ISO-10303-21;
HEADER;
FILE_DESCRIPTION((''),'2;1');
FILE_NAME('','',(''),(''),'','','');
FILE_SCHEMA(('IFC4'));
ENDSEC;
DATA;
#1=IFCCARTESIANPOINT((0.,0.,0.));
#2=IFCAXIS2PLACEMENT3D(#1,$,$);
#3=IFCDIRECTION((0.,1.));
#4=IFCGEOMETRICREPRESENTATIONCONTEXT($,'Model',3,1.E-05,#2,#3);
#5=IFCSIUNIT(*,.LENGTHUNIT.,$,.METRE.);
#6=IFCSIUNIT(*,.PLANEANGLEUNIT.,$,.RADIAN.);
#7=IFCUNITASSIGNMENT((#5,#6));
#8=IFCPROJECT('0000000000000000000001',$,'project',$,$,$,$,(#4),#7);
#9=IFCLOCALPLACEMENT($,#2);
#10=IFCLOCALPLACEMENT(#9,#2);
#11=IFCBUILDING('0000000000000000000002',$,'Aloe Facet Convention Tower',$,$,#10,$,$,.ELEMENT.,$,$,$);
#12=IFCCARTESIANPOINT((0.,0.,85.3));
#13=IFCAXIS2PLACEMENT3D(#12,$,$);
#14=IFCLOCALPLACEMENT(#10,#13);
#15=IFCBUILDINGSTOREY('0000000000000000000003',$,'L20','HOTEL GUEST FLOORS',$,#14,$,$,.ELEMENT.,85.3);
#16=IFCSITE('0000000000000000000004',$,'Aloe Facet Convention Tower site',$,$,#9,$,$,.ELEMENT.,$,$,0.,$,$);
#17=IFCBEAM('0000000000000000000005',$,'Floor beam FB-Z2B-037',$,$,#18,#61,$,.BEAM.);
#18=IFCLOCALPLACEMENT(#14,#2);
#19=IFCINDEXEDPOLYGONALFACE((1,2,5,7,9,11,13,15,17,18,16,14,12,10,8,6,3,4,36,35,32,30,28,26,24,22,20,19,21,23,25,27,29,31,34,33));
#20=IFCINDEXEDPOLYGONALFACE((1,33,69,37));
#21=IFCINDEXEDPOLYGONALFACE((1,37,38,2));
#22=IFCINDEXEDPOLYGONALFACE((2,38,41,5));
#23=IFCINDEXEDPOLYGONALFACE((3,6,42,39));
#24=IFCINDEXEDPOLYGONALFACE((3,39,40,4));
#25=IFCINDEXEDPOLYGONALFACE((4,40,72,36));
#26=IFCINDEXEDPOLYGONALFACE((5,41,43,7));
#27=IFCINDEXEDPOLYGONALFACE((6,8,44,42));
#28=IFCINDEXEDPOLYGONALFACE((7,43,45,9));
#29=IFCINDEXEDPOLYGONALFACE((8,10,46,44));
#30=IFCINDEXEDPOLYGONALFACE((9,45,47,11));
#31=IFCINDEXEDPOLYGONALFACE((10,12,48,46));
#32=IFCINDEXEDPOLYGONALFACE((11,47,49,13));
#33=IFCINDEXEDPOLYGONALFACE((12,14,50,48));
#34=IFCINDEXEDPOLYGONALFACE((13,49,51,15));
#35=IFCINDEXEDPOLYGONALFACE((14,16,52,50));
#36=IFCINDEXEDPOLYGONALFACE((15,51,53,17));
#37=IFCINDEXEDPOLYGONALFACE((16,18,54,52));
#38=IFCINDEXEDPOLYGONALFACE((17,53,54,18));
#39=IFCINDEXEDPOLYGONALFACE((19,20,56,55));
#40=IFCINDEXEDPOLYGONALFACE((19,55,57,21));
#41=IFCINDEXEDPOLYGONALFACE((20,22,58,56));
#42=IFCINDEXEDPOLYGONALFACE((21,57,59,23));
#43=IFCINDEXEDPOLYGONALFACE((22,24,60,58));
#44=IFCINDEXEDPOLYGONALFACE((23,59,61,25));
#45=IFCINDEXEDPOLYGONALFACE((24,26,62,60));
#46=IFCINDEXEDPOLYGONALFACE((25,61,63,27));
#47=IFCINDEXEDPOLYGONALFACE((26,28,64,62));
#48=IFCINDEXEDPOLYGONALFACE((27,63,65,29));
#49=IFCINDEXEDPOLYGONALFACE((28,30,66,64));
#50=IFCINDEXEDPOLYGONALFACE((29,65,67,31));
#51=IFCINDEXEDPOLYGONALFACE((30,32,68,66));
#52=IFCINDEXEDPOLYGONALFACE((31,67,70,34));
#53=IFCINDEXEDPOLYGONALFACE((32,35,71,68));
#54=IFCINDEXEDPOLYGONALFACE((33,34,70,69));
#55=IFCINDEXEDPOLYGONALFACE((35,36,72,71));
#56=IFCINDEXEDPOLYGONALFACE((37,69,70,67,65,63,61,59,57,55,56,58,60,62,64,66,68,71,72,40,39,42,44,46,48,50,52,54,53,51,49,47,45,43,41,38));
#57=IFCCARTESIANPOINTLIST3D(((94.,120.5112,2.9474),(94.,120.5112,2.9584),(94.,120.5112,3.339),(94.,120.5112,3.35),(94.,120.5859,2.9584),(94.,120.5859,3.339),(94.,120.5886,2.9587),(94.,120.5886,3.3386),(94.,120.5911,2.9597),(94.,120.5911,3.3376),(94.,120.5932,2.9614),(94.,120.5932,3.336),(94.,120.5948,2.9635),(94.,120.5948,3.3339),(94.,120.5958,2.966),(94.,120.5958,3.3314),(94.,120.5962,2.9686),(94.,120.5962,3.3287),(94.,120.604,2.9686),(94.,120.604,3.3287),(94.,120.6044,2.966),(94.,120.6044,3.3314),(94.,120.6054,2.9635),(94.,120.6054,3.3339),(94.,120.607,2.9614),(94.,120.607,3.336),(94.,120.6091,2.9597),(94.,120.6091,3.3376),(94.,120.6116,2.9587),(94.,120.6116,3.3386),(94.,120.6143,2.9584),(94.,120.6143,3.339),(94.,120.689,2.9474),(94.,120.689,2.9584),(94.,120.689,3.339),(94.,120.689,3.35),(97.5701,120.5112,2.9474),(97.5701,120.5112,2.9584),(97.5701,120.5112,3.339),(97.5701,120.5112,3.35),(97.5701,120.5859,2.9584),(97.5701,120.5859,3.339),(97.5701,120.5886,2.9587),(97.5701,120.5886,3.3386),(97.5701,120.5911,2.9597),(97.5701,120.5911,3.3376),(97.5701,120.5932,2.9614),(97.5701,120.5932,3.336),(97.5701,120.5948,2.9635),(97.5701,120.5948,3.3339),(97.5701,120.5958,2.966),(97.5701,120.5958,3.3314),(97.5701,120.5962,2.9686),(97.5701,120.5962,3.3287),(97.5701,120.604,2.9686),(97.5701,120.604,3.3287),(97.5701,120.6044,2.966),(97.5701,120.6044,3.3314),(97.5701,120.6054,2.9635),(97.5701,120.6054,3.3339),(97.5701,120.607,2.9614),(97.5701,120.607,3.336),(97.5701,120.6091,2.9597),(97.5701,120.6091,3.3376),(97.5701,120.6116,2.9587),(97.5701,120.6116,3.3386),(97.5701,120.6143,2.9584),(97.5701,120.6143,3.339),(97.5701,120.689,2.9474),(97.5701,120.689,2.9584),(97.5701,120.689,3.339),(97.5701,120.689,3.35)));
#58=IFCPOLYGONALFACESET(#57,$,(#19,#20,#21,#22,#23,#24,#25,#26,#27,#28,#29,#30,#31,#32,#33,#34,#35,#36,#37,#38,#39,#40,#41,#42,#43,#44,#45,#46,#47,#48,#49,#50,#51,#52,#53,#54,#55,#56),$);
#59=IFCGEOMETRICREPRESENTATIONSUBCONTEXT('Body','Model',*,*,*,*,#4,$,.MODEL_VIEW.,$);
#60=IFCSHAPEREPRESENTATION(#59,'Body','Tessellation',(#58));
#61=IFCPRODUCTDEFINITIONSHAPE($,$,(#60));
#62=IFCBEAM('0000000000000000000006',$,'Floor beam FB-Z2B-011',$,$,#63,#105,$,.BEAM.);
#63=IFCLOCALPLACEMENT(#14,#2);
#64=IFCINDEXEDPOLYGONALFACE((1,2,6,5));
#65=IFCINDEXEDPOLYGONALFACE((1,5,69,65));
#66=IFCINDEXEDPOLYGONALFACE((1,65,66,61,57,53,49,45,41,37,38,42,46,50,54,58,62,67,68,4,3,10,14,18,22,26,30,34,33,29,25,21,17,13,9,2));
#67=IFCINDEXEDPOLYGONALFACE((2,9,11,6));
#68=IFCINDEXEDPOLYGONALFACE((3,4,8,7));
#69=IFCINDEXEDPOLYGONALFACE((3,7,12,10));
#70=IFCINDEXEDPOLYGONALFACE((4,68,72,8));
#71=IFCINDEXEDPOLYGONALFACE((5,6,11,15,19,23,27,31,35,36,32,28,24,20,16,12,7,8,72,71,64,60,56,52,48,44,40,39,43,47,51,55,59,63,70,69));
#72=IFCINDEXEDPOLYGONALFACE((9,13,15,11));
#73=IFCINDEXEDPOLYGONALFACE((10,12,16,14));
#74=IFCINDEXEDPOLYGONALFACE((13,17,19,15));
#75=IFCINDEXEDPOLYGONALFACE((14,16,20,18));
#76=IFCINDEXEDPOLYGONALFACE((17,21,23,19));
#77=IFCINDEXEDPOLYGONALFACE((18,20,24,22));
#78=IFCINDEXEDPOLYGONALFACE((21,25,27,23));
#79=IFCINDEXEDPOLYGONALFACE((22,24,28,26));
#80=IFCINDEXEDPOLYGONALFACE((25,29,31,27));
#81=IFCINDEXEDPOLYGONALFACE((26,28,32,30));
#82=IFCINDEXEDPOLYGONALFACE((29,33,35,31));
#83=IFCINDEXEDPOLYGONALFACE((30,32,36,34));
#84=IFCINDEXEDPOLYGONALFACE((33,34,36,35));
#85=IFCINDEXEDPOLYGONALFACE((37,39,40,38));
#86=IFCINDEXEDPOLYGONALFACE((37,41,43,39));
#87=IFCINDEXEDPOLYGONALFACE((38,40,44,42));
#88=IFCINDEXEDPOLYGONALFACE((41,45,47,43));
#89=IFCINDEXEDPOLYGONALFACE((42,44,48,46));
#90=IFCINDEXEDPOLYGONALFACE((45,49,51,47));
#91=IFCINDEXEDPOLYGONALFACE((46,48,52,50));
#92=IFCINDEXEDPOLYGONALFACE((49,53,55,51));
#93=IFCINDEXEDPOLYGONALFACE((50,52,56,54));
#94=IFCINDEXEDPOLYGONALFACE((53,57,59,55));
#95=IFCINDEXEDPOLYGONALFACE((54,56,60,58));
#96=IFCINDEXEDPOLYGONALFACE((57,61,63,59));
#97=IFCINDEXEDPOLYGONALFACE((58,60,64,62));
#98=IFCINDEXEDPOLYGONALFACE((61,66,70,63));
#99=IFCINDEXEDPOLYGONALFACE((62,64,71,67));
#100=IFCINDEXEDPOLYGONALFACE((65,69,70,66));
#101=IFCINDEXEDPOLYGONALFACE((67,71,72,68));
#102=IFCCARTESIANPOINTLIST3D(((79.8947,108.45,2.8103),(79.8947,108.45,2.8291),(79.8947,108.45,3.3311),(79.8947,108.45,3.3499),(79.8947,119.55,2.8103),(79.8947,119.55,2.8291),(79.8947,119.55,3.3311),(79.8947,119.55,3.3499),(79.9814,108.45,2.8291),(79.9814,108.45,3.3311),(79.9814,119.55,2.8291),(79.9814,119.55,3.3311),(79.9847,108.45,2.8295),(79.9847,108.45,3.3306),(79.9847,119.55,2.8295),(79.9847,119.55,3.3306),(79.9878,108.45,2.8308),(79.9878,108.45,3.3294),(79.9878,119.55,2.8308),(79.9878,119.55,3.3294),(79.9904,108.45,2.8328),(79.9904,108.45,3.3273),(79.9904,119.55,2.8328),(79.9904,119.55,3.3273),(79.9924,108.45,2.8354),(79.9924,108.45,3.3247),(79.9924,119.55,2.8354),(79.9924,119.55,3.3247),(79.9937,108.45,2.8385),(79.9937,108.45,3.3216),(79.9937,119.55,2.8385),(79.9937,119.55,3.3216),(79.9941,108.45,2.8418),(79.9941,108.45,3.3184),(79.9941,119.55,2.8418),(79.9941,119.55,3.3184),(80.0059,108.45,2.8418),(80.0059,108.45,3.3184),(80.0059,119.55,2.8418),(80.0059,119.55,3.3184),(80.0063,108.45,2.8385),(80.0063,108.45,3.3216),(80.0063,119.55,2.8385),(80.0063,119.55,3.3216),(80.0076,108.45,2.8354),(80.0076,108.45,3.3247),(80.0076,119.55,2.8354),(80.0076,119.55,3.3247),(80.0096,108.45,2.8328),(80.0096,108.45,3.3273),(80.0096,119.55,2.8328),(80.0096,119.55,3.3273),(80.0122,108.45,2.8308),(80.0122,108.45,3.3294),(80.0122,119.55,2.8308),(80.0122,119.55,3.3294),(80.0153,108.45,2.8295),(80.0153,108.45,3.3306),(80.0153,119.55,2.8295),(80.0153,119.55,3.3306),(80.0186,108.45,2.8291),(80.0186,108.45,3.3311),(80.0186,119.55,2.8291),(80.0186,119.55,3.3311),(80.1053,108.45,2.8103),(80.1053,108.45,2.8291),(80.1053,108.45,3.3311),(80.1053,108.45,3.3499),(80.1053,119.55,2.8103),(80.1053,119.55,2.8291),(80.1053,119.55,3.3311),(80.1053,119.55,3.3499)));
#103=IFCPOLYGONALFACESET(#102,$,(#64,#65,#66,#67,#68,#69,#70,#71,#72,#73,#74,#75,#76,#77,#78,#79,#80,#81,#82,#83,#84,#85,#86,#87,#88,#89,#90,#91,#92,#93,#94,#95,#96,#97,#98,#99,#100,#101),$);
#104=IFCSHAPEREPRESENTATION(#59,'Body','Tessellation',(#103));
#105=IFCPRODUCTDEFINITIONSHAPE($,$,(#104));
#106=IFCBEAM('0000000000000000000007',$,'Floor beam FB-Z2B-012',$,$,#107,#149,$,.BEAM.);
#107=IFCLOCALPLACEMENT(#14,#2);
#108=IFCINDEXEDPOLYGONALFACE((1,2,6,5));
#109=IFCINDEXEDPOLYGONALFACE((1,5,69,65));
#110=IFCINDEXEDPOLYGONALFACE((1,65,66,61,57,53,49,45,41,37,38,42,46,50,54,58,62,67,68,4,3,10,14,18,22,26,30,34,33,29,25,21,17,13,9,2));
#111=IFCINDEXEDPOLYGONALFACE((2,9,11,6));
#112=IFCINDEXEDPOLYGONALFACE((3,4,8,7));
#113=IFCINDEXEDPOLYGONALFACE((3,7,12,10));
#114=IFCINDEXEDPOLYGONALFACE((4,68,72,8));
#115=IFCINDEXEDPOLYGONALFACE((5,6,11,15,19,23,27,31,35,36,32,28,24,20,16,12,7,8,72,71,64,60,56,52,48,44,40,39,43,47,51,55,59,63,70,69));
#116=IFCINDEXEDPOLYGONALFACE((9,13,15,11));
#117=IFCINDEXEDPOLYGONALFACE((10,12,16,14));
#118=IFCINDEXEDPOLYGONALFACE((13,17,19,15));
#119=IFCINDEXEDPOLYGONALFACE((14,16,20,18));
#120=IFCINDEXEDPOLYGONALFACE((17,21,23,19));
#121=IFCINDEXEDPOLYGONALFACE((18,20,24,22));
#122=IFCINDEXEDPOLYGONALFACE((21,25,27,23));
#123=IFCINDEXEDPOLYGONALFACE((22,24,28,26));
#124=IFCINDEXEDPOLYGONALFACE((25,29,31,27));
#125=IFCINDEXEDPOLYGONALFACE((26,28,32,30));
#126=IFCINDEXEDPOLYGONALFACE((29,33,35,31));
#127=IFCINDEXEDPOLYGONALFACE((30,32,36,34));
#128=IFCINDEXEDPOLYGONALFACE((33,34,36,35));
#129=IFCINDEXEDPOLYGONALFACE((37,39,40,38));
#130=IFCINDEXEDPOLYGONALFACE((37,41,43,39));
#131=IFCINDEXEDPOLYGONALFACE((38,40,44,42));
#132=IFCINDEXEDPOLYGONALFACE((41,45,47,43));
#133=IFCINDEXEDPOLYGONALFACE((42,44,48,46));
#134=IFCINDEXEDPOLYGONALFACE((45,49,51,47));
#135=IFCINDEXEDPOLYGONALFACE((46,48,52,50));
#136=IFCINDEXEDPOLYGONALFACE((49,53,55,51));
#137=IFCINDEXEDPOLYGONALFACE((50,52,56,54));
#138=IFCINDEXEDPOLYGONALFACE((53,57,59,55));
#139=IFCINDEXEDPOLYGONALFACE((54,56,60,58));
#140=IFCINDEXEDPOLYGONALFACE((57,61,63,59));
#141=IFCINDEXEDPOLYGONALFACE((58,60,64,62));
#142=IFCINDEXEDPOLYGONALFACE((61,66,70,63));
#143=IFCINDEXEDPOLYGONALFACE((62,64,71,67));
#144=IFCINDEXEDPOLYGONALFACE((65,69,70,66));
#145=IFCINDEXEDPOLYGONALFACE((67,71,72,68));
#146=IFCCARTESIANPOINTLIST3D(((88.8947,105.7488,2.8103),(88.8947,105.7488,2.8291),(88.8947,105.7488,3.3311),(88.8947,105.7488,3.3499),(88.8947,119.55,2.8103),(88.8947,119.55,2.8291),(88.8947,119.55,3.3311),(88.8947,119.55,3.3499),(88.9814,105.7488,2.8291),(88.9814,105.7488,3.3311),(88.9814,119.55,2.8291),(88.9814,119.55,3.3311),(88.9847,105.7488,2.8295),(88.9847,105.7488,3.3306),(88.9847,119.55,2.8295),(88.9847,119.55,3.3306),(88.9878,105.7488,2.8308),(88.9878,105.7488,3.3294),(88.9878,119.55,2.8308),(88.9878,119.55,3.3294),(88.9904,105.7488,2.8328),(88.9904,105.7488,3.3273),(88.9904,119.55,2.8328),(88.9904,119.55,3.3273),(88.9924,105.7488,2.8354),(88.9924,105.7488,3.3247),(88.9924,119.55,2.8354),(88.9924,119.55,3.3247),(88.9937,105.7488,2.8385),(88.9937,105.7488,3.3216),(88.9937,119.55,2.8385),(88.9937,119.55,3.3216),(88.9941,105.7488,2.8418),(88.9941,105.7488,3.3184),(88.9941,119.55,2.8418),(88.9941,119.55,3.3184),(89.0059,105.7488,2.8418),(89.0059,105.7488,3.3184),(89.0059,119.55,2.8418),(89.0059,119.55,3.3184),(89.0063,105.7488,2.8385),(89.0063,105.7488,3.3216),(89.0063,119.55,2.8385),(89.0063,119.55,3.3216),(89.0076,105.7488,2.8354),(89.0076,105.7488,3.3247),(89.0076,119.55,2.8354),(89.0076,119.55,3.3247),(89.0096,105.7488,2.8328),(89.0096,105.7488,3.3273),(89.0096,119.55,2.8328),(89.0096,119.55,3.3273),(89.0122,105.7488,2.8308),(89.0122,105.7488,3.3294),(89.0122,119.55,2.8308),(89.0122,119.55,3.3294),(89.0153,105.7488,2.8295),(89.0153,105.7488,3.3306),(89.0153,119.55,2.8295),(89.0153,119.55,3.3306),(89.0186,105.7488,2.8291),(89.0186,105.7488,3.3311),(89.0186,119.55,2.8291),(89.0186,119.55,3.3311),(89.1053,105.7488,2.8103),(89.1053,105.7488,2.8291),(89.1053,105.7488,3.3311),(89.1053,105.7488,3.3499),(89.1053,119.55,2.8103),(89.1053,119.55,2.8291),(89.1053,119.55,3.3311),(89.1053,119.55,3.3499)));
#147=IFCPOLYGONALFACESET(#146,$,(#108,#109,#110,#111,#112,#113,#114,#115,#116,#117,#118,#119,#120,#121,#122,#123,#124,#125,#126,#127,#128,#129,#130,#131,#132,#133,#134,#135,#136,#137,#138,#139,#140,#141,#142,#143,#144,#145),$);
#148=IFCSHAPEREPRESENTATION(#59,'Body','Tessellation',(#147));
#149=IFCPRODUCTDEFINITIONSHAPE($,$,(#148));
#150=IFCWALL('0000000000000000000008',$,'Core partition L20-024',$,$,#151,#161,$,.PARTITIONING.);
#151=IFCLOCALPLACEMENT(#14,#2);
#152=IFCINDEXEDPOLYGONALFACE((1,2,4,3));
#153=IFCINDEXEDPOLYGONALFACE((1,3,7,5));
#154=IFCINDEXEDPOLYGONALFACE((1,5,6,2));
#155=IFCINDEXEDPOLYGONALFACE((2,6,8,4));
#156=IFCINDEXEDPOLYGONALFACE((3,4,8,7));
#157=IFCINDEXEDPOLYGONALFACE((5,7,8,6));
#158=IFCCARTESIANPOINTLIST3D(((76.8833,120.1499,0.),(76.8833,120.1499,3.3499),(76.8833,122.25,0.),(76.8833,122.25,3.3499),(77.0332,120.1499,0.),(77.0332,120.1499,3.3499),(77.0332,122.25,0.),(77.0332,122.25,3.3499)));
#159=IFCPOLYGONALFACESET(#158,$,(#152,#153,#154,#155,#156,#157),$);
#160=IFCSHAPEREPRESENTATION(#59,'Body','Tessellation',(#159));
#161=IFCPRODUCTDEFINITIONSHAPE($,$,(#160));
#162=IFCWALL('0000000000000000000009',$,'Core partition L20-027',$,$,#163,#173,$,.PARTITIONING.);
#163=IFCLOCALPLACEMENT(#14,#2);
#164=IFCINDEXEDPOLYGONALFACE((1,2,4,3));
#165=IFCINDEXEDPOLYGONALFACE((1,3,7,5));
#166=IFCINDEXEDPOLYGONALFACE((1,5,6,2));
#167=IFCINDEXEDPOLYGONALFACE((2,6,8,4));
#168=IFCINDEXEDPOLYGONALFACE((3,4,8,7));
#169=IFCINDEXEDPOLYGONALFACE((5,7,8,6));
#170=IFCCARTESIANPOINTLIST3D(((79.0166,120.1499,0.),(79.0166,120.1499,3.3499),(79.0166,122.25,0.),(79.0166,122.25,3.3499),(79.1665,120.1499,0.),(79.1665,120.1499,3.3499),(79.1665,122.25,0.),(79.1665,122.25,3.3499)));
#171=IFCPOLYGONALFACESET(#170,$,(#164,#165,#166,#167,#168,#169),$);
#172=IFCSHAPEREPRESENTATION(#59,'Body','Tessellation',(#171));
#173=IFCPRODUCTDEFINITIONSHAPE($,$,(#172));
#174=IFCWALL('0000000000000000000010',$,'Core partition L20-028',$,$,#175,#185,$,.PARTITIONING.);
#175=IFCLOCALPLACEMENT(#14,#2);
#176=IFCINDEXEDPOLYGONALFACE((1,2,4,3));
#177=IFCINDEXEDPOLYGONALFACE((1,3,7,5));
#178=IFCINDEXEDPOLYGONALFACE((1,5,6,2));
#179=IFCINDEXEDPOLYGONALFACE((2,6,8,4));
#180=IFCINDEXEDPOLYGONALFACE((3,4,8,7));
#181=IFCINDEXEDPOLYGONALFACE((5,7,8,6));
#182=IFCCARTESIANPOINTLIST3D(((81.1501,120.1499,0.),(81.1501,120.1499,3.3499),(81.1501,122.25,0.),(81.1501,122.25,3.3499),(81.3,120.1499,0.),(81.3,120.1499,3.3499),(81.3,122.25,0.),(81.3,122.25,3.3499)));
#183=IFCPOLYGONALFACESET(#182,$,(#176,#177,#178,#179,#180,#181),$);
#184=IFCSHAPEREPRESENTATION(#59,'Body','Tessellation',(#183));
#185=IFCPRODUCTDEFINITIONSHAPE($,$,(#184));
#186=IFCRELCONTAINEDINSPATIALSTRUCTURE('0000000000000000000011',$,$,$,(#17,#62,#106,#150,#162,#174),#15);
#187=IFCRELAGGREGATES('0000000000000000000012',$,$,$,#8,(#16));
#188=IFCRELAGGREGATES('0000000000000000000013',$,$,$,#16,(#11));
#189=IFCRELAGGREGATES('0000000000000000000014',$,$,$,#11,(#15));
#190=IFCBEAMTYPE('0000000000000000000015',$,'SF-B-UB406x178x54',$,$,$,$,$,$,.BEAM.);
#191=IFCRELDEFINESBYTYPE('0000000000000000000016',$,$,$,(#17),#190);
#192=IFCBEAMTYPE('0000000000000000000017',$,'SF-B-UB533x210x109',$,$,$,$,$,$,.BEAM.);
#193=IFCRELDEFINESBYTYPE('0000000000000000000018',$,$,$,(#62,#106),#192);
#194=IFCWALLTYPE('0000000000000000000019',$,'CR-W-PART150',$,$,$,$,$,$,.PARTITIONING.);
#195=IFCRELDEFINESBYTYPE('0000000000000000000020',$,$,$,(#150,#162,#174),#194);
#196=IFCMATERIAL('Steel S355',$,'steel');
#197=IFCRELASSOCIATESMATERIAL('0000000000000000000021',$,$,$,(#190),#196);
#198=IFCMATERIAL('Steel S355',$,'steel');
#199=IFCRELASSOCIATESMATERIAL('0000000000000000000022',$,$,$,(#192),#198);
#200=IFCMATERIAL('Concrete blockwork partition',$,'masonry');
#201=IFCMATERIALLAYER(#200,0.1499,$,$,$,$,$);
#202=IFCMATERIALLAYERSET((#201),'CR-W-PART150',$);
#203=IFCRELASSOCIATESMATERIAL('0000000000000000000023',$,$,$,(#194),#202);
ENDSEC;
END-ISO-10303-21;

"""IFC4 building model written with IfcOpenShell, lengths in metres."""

from ifc_helpers import new_model, si_unit, direction, frame, frame_2d, origin, origin_2d, place, context, subcontext, project, spatial, rectangle, i_section, extrude, material, layer, layer_set, material_profile, profile_set, type_object, element, save


model = new_model("IFC4")

# Units and contexts
model_context = context("Model", 3, precision=1e-05, world=origin(), true_north=direction((0.0, 1.0)))
body_context = subcontext(model_context, "Body", "Model", "MODEL_VIEW")
ifc_project = project(units=[si_unit("LENGTHUNIT", "METRE"), si_unit("PLANEANGLEUNIT", "RADIAN")], contexts=[model_context])

# Site, building, storey
site_placement = place(None, origin())
site = spatial("IfcSite", under=ifc_project, at=site_placement, Name="Aloe Facet Convention Tower site", CompositionType="ELEMENT", RefElevation=0.0)
building_placement = place(site_placement, origin())
building = spatial("IfcBuilding", under=site, at=building_placement, Name="Aloe Facet Convention Tower", CompositionType="ELEMENT")
storey_placement = place(building_placement, frame((0.0, 0.0, 85.3)))
storey = spatial("IfcBuildingStorey", under=building, at=storey_placement, Name="L20", Description="HOTEL GUEST FLOORS", CompositionType="ELEMENT", Elevation=85.3)

# Beams
ifc_material_1 = material(Name="Steel S355", Category="steel")
ifc_material_profile_1 = material_profile(ifc_material_1, i_section(OverallWidth=0.1777, OverallDepth=0.4026, WebThickness=0.0078, FlangeThickness=0.011, FilletRadius=0.0103, at=origin_2d()), Name="UB 406x178x54")
ifc_profile_set_1 = profile_set([ifc_material_profile_1], Name="Steel S355")
beam_type_1 = type_object("IfcBeamType", Name="SF-B-UB406x178x54", PredefinedType="BEAM", material=ifc_profile_set_1)
beam_1_placement = place(storey_placement, frame((94.0, 120.6001, 3.1487), z_axis=(1.0, 0.0, 0.0), x_axis=(0.0, 1.0, 0.0)))
element("IfcBeam", 1, at=beam_1_placement, inside=storey, type_object=beam_type_1, Name="Floor beam FB-Z2B-037", PredefinedType="BEAM", context=body_context, shape_type="SweptSolid", body=[
    extrude(i_section(OverallWidth=0.1777, OverallDepth=0.4026, WebThickness=0.0078, FlangeThickness=0.011, FilletRadius=0.0103, at=origin_2d()), origin(), (0.0, 0.0, 1.0), 3.5701),
])
ifc_material_2 = material(Name="Steel S355", Category="steel")
ifc_material_profile_2 = material_profile(ifc_material_2, i_section(OverallWidth=0.2107, OverallDepth=0.5396, WebThickness=0.0117, FlangeThickness=0.0188, FilletRadius=0.0127, at=origin_2d()), Name="UB 533x210x109")
ifc_profile_set_2 = profile_set([ifc_material_profile_2], Name="Steel S355")
beam_type_2 = type_object("IfcBeamType", Name="SF-B-UB533x210x109", PredefinedType="BEAM", material=ifc_profile_set_2)
beam_2_placement = place(storey_placement, frame((80.0, 119.55, 3.0801), z_axis=(0.0, -1.0, 0.0), x_axis=(1.0, 0.0, 0.0)))
element("IfcBeam", 2, at=beam_2_placement, inside=storey, type_object=beam_type_2, Name="Floor beam FB-Z2B-011", PredefinedType="BEAM", context=body_context, shape_type="SweptSolid", body=[
    extrude(i_section(OverallWidth=0.2107, OverallDepth=0.5396, WebThickness=0.0117, FlangeThickness=0.0188, FilletRadius=0.0127, at=origin_2d()), origin(), (0.0, 0.0, 1.0), 11.1001),
])
beam_3_placement = place(storey_placement, frame((89.0, 119.55, 3.0801), z_axis=(0.0, -1.0, 0.0), x_axis=(1.0, 0.0, 0.0)))
element("IfcBeam", 3, at=beam_3_placement, inside=storey, type_object=beam_type_2, Name="Floor beam FB-Z2B-012", PredefinedType="BEAM", context=body_context, shape_type="SweptSolid", body=[
    extrude(i_section(OverallWidth=0.2107, OverallDepth=0.5396, WebThickness=0.0117, FlangeThickness=0.0188, FilletRadius=0.0127, at=origin_2d()), origin(), (0.0, 0.0, 1.0), 13.8013),
])

# Walls
ifc_material_3 = material(Name="Concrete blockwork partition", Category="masonry")
ifc_layer_1 = layer(ifc_material_3, 0.1499)
ifc_layer_set_1 = layer_set([ifc_layer_1], Name="CR-W-PART150")
wall_type_1 = type_object("IfcWallType", Name="CR-W-PART150", PredefinedType="PARTITIONING", material=ifc_layer_set_1)
for number, where, z_axis, x_axis, name in (
    (4, (76.9583, 122.25, 0.0), (0.0, 0.0, 1.0), (0.0, -1.0, 0.0), "Core partition L20-024"),
    (5, (79.0916, 122.25, 0.0), (0.0, 0.0, 1.0), (0.0, -1.0, 0.0), "Core partition L20-027"),
    (6, (81.2251, 122.25, 0.0), (0.0, 0.0, 1.0), (0.0, -1.0, 0.0), "Core partition L20-028"),
):
    element("IfcWall", number, at=place(storey_placement, frame(where, z_axis=z_axis, x_axis=x_axis)), inside=storey, type_object=wall_type_1, Name=name, PredefinedType="PARTITIONING", context=body_context, shape_type="SweptSolid", body=[
        extrude(rectangle(XDim=2.1001, YDim=0.1499, at=frame_2d((1.05, 0.0))), origin(), (0.0, 0.0, 1.0), 3.3499),
    ])

save(model, "model.ifc")
